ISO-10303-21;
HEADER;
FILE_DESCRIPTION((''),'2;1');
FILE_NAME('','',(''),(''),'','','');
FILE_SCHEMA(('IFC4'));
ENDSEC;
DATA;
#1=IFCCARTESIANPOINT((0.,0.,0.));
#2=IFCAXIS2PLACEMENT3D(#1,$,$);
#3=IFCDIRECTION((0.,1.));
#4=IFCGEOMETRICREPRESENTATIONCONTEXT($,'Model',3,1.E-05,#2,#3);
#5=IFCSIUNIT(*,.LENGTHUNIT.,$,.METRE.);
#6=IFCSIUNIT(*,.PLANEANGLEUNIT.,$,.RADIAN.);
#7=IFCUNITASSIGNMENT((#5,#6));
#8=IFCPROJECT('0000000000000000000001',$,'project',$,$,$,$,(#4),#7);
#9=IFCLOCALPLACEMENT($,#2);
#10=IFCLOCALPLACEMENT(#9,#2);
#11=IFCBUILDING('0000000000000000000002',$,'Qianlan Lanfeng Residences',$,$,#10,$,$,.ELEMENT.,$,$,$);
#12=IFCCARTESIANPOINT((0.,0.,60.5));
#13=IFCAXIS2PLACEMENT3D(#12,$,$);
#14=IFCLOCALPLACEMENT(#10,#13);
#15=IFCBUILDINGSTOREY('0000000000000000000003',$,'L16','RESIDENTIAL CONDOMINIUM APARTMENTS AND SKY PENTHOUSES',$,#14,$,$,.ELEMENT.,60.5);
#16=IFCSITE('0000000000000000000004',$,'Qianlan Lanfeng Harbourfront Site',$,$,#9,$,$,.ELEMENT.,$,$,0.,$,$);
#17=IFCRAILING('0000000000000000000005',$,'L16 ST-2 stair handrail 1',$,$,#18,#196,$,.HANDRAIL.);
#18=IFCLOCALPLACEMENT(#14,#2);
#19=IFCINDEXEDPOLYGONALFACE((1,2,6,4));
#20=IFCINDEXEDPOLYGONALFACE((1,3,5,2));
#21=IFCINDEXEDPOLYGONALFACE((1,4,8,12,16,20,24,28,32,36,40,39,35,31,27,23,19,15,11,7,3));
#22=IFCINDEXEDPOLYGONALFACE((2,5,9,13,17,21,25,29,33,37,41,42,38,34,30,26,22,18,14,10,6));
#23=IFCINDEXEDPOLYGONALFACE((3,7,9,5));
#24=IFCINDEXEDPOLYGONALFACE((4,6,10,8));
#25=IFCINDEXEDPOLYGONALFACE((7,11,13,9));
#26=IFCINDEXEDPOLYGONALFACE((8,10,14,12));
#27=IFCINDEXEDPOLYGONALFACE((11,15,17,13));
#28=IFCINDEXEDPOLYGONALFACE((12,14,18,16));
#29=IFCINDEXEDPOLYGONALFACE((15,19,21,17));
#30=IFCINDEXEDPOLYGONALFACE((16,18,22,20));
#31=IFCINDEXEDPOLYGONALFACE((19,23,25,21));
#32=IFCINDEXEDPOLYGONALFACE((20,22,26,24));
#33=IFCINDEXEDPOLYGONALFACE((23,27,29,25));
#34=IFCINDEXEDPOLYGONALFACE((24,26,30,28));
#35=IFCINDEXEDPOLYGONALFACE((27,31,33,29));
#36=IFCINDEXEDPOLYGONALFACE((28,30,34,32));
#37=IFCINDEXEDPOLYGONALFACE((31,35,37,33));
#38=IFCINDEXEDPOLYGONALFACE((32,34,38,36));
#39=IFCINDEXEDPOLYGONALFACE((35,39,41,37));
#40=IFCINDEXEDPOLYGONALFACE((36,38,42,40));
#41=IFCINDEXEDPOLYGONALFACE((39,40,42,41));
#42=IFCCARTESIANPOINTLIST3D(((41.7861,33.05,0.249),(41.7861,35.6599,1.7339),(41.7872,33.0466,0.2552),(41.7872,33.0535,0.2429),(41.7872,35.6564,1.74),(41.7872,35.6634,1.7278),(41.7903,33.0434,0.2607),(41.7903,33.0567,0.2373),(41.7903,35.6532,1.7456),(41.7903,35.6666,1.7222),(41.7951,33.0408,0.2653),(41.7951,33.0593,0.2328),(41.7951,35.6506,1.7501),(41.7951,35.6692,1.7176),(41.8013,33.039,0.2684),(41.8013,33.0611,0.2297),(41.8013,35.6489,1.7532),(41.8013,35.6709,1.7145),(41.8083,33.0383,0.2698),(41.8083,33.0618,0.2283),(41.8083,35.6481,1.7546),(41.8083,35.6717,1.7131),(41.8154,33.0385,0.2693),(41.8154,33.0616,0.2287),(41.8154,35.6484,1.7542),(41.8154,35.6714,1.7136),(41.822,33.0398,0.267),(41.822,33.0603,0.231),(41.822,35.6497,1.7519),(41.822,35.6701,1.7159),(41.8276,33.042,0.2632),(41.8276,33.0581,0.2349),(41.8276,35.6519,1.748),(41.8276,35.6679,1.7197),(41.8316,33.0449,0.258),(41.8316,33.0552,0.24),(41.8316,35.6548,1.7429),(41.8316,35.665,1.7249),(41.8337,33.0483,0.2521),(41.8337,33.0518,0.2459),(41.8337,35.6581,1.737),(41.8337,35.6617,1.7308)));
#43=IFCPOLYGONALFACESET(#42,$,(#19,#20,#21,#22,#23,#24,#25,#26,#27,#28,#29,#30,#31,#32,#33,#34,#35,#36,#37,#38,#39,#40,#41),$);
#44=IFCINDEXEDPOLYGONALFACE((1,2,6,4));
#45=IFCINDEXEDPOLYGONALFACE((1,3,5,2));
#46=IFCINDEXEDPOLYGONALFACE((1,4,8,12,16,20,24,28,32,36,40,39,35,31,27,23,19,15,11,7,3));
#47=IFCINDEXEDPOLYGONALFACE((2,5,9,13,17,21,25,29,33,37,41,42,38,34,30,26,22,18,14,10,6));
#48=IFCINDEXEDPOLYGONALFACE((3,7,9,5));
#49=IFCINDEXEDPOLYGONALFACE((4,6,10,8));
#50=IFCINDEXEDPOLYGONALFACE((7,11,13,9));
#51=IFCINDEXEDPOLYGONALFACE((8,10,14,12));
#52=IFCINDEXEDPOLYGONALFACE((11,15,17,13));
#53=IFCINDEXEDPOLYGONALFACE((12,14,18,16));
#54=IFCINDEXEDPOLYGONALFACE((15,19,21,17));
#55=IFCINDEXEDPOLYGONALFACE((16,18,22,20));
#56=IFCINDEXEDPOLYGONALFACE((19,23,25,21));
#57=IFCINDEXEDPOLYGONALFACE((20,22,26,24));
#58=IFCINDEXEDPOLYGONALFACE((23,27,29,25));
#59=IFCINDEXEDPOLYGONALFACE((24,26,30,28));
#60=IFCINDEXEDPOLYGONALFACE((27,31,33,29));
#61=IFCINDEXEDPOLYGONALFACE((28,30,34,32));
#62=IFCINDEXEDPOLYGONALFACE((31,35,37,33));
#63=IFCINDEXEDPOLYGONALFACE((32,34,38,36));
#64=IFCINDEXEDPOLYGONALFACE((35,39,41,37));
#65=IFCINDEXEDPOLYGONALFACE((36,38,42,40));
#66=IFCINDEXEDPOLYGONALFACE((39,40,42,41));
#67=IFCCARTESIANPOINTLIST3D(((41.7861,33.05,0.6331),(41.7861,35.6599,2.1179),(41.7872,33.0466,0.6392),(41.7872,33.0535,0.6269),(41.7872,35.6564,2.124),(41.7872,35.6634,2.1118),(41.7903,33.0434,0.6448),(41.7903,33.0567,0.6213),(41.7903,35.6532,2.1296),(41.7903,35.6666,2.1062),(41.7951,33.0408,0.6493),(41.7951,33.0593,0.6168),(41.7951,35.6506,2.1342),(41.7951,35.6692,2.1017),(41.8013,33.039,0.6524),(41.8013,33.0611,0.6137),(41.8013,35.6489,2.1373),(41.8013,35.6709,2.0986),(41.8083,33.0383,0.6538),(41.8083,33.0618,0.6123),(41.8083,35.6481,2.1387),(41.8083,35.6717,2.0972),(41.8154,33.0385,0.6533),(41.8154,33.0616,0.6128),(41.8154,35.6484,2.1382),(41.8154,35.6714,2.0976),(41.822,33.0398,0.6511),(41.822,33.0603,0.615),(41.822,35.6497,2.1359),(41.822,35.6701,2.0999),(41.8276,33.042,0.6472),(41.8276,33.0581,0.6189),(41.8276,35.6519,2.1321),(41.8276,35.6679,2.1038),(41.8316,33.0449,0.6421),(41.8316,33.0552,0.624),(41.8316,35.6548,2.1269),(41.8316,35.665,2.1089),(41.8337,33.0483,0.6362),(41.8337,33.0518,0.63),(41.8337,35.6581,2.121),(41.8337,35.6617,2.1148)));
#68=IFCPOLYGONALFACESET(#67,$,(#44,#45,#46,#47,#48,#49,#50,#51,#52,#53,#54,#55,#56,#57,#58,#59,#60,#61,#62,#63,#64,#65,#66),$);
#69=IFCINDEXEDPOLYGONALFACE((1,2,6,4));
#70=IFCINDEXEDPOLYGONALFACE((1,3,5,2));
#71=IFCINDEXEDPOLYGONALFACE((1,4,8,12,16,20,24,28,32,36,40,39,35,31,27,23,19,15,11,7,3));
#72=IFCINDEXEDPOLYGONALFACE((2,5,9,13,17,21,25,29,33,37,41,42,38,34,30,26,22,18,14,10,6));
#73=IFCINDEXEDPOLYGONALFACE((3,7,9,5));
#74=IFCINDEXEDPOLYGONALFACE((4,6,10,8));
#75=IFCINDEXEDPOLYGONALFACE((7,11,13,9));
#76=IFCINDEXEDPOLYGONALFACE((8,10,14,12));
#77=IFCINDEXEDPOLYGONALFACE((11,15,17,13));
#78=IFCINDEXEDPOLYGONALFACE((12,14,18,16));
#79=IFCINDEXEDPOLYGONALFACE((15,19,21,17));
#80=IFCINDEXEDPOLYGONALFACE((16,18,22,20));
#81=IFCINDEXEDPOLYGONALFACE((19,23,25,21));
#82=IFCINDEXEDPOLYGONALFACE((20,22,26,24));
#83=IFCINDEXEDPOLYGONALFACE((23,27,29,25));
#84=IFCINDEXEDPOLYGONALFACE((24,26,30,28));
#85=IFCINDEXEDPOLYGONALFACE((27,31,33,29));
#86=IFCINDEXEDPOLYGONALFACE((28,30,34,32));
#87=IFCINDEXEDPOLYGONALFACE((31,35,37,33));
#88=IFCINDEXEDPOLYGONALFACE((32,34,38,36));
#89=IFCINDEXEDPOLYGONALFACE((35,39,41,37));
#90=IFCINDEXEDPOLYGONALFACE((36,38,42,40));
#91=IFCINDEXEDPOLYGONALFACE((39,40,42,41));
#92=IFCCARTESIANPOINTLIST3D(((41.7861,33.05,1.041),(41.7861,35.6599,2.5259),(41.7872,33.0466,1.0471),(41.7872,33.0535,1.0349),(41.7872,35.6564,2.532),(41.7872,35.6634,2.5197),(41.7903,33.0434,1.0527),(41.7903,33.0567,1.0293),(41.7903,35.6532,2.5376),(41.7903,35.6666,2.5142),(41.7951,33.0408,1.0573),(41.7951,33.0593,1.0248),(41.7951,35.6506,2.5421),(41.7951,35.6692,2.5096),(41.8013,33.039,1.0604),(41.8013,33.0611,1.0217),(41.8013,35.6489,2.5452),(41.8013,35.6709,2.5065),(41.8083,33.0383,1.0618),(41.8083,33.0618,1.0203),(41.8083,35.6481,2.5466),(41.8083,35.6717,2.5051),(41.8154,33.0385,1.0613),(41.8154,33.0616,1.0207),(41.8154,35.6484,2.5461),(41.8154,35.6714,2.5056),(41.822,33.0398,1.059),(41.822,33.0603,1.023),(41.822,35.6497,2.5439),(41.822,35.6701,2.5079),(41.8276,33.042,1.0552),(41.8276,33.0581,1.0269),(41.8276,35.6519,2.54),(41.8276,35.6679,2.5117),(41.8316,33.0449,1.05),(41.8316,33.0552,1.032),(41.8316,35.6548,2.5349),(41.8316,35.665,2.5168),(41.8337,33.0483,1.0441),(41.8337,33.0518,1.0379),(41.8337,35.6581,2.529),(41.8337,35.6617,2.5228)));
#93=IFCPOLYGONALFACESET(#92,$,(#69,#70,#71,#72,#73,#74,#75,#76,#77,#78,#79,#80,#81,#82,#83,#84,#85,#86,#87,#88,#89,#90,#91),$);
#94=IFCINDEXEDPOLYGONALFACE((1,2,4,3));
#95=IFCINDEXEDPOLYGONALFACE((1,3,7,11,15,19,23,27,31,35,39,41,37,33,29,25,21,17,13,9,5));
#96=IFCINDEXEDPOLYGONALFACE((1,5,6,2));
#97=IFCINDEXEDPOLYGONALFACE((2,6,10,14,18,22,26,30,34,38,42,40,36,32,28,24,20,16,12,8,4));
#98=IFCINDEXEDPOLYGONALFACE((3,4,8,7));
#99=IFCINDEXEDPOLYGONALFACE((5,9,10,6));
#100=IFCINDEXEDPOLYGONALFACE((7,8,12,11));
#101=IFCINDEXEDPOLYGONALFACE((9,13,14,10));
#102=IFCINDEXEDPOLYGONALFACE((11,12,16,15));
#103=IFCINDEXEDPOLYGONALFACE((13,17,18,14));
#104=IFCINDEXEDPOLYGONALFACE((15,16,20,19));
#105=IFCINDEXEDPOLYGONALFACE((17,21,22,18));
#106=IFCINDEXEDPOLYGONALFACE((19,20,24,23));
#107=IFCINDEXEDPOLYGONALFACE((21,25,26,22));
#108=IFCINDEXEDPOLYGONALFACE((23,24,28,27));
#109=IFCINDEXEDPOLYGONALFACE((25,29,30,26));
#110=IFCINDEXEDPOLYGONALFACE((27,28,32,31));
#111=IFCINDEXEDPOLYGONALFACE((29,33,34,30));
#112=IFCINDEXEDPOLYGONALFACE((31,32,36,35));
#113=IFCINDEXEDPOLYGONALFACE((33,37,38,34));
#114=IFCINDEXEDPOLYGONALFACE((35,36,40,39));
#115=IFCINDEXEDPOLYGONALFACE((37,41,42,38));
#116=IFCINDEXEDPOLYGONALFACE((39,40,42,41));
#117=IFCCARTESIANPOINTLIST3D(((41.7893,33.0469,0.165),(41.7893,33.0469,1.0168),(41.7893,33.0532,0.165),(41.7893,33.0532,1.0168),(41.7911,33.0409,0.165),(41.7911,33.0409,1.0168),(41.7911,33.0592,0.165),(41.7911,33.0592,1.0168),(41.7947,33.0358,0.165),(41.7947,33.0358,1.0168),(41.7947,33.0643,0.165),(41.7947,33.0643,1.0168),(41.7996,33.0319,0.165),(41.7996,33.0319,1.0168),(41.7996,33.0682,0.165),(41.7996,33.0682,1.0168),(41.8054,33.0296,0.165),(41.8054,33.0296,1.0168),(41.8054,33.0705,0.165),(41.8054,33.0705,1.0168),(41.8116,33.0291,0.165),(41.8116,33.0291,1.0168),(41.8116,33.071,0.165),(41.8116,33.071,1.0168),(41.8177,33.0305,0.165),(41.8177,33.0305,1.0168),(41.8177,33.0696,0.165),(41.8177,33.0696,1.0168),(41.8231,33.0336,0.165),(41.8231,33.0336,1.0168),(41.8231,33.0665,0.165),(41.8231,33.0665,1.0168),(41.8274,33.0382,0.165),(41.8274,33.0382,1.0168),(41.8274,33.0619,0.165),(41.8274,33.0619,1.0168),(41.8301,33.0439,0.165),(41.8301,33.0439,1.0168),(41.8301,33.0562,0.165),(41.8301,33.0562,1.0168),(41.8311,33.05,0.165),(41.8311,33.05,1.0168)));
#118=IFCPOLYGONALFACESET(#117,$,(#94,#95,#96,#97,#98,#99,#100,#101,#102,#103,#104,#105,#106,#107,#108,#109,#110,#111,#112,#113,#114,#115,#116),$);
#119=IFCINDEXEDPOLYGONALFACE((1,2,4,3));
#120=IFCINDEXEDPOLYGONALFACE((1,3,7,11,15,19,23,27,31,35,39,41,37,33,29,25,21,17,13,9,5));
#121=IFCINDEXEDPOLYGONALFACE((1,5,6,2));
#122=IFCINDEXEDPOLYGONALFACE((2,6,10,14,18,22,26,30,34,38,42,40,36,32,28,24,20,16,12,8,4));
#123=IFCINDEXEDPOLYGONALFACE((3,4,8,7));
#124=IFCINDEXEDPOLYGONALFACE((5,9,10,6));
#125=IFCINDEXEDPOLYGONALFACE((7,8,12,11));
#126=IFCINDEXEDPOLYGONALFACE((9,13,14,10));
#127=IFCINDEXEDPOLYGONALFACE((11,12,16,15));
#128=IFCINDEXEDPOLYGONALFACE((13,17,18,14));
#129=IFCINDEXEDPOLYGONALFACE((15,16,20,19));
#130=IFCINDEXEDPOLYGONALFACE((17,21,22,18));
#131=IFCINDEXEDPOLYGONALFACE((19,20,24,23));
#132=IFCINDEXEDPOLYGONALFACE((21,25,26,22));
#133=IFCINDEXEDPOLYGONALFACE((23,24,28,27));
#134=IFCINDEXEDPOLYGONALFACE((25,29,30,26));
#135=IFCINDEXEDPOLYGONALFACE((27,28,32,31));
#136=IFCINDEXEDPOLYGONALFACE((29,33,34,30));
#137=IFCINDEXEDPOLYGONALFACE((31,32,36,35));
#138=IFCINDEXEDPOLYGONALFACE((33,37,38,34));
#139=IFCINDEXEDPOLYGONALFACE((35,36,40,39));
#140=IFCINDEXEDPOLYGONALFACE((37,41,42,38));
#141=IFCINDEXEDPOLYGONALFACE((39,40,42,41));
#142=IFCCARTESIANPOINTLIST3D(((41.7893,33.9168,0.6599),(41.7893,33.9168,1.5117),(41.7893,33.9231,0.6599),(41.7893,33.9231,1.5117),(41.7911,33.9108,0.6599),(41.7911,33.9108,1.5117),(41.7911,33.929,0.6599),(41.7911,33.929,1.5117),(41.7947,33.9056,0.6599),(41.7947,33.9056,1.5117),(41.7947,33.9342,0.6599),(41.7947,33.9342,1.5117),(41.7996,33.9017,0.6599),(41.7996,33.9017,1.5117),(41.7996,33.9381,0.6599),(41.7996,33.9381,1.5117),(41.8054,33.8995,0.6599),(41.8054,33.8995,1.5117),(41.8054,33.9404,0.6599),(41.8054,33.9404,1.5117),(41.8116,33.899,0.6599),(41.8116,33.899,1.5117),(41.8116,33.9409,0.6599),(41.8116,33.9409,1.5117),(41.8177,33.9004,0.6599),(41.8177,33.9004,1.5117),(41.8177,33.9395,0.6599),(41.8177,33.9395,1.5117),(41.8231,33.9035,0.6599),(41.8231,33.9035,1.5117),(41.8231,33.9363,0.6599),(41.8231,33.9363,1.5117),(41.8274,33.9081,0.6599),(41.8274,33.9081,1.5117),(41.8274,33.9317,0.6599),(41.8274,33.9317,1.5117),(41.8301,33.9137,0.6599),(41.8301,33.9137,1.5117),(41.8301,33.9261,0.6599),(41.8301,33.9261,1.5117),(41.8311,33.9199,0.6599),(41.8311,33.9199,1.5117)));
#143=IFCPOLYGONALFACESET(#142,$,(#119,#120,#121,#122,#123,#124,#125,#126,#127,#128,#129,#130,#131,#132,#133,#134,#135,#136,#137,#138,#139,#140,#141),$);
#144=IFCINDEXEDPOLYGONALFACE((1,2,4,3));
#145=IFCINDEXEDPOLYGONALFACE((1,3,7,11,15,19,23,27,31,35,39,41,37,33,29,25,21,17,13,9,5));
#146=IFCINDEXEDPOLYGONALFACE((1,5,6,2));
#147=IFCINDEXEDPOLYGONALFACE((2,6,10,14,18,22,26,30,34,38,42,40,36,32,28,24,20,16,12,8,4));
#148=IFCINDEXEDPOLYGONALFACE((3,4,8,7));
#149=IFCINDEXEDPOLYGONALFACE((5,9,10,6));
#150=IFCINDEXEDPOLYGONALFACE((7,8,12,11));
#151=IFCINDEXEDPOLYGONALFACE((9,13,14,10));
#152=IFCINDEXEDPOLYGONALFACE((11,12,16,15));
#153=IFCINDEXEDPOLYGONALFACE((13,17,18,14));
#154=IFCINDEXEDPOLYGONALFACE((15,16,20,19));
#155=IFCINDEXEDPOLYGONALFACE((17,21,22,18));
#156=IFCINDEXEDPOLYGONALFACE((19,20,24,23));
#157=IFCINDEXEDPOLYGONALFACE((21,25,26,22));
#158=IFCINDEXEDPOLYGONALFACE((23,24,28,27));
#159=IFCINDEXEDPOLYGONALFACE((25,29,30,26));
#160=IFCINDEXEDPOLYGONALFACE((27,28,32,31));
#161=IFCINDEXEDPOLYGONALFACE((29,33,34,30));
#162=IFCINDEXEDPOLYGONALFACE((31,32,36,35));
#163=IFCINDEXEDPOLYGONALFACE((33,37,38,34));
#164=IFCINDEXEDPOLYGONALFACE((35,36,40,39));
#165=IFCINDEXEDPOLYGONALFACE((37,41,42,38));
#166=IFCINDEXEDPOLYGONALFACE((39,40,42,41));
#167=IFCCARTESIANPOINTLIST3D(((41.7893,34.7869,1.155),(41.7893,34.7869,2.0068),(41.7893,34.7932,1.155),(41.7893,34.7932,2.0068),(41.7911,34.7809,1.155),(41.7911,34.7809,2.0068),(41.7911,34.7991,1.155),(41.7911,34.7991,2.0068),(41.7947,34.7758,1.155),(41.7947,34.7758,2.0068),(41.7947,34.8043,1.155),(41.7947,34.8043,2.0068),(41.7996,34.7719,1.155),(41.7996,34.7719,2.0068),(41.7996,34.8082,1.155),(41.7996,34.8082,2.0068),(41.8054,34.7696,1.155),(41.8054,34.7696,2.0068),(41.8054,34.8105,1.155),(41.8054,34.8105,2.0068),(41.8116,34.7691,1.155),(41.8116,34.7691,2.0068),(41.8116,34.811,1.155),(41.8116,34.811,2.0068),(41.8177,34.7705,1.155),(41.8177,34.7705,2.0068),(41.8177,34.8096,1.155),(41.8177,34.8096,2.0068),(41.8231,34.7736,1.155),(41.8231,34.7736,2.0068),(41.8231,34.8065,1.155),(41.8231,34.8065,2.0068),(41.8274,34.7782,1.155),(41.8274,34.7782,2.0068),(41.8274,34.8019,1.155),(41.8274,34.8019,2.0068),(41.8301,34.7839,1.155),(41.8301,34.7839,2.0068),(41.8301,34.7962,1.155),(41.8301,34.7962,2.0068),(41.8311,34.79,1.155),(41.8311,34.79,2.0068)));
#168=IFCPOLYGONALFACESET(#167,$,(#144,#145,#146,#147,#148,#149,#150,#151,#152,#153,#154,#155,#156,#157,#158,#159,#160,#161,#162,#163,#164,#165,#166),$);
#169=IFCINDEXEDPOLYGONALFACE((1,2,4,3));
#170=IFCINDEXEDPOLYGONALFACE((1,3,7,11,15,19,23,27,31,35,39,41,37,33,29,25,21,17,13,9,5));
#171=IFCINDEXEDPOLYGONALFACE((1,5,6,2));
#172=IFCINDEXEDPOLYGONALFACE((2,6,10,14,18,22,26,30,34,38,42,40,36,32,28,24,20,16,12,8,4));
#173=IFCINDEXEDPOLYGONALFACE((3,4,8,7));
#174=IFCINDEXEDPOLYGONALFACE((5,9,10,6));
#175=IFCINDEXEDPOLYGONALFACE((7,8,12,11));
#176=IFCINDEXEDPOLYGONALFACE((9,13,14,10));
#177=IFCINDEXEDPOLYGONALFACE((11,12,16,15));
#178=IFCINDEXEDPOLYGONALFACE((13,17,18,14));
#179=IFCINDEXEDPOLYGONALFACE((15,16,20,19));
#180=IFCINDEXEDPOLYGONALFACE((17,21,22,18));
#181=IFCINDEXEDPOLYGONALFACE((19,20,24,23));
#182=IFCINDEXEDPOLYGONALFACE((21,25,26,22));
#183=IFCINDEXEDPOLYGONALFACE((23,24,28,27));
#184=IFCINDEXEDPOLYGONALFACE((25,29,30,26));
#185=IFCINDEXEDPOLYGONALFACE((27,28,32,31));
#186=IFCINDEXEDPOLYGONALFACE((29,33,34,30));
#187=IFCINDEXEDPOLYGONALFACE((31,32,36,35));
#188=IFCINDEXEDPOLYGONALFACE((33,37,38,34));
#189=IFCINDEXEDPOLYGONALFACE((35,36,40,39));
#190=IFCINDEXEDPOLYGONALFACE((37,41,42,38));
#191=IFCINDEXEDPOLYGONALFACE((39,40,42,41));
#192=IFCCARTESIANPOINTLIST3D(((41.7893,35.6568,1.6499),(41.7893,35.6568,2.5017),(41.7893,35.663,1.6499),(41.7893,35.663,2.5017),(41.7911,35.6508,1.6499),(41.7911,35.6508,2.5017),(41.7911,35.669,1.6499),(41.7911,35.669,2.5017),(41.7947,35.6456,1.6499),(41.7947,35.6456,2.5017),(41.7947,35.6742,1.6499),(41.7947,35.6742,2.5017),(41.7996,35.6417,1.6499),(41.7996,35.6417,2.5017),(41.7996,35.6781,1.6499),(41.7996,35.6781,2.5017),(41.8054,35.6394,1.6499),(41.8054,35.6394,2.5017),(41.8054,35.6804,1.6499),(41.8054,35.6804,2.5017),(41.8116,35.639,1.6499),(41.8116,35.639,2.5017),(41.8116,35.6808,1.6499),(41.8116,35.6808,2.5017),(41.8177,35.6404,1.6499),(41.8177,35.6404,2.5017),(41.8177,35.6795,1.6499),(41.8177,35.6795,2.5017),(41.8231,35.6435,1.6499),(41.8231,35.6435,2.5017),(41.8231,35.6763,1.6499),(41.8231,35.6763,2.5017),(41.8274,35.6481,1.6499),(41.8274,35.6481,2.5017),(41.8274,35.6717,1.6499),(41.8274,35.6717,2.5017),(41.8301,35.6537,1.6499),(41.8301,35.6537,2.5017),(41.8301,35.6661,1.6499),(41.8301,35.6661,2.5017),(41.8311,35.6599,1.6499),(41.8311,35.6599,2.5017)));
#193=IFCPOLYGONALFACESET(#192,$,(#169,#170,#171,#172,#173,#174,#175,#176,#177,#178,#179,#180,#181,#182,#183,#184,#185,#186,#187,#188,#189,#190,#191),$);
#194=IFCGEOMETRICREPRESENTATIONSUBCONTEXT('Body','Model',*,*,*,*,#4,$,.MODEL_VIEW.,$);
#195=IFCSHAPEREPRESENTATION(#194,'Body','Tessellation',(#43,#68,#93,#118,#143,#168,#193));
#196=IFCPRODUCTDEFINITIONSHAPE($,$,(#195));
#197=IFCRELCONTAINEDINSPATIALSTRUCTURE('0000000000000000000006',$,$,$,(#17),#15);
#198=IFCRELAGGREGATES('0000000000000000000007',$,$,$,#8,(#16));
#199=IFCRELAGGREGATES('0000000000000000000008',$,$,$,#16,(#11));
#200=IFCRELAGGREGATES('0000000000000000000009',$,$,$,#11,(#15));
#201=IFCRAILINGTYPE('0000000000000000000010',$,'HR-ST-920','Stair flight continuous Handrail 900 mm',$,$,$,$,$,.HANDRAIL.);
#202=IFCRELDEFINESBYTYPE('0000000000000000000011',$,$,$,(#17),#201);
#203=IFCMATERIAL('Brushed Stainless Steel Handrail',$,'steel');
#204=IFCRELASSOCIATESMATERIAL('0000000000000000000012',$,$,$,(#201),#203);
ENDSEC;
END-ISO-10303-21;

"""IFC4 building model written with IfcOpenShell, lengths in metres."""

from ifc_helpers import new_model, si_unit, direction, frame, origin, origin_2d, place, context, subcontext, project, spatial, circle, extrude, material, type_object, element, save


model = new_model("IFC4")

# Units and contexts
model_context = context("Model", 3, precision=1e-05, world=origin(), true_north=direction((0.0, 1.0)))
body_context = subcontext(model_context, "Body", "Model", "MODEL_VIEW")
ifc_project = project(units=[si_unit("LENGTHUNIT", "METRE"), si_unit("PLANEANGLEUNIT", "RADIAN")], contexts=[model_context])

# Site, building, storey
site_placement = place(None, origin())
site = spatial("IfcSite", under=ifc_project, at=site_placement, Name="Qianlan Lanfeng Harbourfront Site", CompositionType="ELEMENT", RefElevation=0.0)
building_placement = place(site_placement, origin())
building = spatial("IfcBuilding", under=site, at=building_placement, Name="Qianlan Lanfeng Residences", CompositionType="ELEMENT")
storey_placement = place(building_placement, frame((0.0, 0.0, 60.5)))
storey = spatial("IfcBuildingStorey", under=building, at=storey_placement, Name="L16", Description="RESIDENTIAL CONDOMINIUM APARTMENTS AND SKY PENTHOUSES", CompositionType="ELEMENT", Elevation=60.5)

# Railing
ifc_material_1 = material(Name="Brushed Stainless Steel Handrail", Category="steel")
railing_type_1 = type_object("IfcRailingType", Name="HR-ST-920", Description="Stair flight continuous Handrail 900 mm", PredefinedType="HANDRAIL", material=ifc_material_1)
railing_1_placement = place(storey_placement, frame((41.8101, 33.05, 0.165)))
element("IfcRailing", 1, at=railing_1_placement, inside=storey, type_object=railing_type_1, Name="L16 ST-2 stair handrail 1", PredefinedType="HANDRAIL", context=body_context, shape_type="SweptSolid", body=[
    extrude(circle(Radius=0.0239, at=origin_2d()), frame((0.0, 0.0, 0.084), z_axis=(0.0, 0.869172, 0.494509), x_axis=(-1.0, 0.0, 0.0)), (0.0, 0.0, 1.0), 3.0027),
    extrude(circle(Radius=0.0239, at=origin_2d()), frame((0.0, 0.0, 0.468), z_axis=(0.0, 0.869172, 0.494509), x_axis=(-1.0, 0.0, 0.0)), (0.0, 0.0, 1.0), 3.0027),
    extrude(circle(Radius=0.0239, at=origin_2d()), frame((0.0, 0.0, 0.876), z_axis=(0.0, 0.869172, 0.494509), x_axis=(-1.0, 0.0, 0.0)), (0.0, 0.0, 1.0), 3.0027),
    extrude(circle(Radius=0.021, at=origin_2d()), origin(), (0.0, 0.0, 1.0), 0.8518),
    extrude(circle(Radius=0.021, at=origin_2d()), frame((0.0, 0.8699, 0.4949)), (0.0, 0.0, 1.0), 0.8518),
    extrude(circle(Radius=0.021, at=origin_2d()), frame((0.0, 1.74, 0.99)), (0.0, 0.0, 1.0), 0.8518),
    extrude(circle(Radius=0.021, at=origin_2d()), frame((0.0, 2.6099, 1.4849)), (0.0, 0.0, 1.0), 0.8518),
])

save(model, "model.ifc")
